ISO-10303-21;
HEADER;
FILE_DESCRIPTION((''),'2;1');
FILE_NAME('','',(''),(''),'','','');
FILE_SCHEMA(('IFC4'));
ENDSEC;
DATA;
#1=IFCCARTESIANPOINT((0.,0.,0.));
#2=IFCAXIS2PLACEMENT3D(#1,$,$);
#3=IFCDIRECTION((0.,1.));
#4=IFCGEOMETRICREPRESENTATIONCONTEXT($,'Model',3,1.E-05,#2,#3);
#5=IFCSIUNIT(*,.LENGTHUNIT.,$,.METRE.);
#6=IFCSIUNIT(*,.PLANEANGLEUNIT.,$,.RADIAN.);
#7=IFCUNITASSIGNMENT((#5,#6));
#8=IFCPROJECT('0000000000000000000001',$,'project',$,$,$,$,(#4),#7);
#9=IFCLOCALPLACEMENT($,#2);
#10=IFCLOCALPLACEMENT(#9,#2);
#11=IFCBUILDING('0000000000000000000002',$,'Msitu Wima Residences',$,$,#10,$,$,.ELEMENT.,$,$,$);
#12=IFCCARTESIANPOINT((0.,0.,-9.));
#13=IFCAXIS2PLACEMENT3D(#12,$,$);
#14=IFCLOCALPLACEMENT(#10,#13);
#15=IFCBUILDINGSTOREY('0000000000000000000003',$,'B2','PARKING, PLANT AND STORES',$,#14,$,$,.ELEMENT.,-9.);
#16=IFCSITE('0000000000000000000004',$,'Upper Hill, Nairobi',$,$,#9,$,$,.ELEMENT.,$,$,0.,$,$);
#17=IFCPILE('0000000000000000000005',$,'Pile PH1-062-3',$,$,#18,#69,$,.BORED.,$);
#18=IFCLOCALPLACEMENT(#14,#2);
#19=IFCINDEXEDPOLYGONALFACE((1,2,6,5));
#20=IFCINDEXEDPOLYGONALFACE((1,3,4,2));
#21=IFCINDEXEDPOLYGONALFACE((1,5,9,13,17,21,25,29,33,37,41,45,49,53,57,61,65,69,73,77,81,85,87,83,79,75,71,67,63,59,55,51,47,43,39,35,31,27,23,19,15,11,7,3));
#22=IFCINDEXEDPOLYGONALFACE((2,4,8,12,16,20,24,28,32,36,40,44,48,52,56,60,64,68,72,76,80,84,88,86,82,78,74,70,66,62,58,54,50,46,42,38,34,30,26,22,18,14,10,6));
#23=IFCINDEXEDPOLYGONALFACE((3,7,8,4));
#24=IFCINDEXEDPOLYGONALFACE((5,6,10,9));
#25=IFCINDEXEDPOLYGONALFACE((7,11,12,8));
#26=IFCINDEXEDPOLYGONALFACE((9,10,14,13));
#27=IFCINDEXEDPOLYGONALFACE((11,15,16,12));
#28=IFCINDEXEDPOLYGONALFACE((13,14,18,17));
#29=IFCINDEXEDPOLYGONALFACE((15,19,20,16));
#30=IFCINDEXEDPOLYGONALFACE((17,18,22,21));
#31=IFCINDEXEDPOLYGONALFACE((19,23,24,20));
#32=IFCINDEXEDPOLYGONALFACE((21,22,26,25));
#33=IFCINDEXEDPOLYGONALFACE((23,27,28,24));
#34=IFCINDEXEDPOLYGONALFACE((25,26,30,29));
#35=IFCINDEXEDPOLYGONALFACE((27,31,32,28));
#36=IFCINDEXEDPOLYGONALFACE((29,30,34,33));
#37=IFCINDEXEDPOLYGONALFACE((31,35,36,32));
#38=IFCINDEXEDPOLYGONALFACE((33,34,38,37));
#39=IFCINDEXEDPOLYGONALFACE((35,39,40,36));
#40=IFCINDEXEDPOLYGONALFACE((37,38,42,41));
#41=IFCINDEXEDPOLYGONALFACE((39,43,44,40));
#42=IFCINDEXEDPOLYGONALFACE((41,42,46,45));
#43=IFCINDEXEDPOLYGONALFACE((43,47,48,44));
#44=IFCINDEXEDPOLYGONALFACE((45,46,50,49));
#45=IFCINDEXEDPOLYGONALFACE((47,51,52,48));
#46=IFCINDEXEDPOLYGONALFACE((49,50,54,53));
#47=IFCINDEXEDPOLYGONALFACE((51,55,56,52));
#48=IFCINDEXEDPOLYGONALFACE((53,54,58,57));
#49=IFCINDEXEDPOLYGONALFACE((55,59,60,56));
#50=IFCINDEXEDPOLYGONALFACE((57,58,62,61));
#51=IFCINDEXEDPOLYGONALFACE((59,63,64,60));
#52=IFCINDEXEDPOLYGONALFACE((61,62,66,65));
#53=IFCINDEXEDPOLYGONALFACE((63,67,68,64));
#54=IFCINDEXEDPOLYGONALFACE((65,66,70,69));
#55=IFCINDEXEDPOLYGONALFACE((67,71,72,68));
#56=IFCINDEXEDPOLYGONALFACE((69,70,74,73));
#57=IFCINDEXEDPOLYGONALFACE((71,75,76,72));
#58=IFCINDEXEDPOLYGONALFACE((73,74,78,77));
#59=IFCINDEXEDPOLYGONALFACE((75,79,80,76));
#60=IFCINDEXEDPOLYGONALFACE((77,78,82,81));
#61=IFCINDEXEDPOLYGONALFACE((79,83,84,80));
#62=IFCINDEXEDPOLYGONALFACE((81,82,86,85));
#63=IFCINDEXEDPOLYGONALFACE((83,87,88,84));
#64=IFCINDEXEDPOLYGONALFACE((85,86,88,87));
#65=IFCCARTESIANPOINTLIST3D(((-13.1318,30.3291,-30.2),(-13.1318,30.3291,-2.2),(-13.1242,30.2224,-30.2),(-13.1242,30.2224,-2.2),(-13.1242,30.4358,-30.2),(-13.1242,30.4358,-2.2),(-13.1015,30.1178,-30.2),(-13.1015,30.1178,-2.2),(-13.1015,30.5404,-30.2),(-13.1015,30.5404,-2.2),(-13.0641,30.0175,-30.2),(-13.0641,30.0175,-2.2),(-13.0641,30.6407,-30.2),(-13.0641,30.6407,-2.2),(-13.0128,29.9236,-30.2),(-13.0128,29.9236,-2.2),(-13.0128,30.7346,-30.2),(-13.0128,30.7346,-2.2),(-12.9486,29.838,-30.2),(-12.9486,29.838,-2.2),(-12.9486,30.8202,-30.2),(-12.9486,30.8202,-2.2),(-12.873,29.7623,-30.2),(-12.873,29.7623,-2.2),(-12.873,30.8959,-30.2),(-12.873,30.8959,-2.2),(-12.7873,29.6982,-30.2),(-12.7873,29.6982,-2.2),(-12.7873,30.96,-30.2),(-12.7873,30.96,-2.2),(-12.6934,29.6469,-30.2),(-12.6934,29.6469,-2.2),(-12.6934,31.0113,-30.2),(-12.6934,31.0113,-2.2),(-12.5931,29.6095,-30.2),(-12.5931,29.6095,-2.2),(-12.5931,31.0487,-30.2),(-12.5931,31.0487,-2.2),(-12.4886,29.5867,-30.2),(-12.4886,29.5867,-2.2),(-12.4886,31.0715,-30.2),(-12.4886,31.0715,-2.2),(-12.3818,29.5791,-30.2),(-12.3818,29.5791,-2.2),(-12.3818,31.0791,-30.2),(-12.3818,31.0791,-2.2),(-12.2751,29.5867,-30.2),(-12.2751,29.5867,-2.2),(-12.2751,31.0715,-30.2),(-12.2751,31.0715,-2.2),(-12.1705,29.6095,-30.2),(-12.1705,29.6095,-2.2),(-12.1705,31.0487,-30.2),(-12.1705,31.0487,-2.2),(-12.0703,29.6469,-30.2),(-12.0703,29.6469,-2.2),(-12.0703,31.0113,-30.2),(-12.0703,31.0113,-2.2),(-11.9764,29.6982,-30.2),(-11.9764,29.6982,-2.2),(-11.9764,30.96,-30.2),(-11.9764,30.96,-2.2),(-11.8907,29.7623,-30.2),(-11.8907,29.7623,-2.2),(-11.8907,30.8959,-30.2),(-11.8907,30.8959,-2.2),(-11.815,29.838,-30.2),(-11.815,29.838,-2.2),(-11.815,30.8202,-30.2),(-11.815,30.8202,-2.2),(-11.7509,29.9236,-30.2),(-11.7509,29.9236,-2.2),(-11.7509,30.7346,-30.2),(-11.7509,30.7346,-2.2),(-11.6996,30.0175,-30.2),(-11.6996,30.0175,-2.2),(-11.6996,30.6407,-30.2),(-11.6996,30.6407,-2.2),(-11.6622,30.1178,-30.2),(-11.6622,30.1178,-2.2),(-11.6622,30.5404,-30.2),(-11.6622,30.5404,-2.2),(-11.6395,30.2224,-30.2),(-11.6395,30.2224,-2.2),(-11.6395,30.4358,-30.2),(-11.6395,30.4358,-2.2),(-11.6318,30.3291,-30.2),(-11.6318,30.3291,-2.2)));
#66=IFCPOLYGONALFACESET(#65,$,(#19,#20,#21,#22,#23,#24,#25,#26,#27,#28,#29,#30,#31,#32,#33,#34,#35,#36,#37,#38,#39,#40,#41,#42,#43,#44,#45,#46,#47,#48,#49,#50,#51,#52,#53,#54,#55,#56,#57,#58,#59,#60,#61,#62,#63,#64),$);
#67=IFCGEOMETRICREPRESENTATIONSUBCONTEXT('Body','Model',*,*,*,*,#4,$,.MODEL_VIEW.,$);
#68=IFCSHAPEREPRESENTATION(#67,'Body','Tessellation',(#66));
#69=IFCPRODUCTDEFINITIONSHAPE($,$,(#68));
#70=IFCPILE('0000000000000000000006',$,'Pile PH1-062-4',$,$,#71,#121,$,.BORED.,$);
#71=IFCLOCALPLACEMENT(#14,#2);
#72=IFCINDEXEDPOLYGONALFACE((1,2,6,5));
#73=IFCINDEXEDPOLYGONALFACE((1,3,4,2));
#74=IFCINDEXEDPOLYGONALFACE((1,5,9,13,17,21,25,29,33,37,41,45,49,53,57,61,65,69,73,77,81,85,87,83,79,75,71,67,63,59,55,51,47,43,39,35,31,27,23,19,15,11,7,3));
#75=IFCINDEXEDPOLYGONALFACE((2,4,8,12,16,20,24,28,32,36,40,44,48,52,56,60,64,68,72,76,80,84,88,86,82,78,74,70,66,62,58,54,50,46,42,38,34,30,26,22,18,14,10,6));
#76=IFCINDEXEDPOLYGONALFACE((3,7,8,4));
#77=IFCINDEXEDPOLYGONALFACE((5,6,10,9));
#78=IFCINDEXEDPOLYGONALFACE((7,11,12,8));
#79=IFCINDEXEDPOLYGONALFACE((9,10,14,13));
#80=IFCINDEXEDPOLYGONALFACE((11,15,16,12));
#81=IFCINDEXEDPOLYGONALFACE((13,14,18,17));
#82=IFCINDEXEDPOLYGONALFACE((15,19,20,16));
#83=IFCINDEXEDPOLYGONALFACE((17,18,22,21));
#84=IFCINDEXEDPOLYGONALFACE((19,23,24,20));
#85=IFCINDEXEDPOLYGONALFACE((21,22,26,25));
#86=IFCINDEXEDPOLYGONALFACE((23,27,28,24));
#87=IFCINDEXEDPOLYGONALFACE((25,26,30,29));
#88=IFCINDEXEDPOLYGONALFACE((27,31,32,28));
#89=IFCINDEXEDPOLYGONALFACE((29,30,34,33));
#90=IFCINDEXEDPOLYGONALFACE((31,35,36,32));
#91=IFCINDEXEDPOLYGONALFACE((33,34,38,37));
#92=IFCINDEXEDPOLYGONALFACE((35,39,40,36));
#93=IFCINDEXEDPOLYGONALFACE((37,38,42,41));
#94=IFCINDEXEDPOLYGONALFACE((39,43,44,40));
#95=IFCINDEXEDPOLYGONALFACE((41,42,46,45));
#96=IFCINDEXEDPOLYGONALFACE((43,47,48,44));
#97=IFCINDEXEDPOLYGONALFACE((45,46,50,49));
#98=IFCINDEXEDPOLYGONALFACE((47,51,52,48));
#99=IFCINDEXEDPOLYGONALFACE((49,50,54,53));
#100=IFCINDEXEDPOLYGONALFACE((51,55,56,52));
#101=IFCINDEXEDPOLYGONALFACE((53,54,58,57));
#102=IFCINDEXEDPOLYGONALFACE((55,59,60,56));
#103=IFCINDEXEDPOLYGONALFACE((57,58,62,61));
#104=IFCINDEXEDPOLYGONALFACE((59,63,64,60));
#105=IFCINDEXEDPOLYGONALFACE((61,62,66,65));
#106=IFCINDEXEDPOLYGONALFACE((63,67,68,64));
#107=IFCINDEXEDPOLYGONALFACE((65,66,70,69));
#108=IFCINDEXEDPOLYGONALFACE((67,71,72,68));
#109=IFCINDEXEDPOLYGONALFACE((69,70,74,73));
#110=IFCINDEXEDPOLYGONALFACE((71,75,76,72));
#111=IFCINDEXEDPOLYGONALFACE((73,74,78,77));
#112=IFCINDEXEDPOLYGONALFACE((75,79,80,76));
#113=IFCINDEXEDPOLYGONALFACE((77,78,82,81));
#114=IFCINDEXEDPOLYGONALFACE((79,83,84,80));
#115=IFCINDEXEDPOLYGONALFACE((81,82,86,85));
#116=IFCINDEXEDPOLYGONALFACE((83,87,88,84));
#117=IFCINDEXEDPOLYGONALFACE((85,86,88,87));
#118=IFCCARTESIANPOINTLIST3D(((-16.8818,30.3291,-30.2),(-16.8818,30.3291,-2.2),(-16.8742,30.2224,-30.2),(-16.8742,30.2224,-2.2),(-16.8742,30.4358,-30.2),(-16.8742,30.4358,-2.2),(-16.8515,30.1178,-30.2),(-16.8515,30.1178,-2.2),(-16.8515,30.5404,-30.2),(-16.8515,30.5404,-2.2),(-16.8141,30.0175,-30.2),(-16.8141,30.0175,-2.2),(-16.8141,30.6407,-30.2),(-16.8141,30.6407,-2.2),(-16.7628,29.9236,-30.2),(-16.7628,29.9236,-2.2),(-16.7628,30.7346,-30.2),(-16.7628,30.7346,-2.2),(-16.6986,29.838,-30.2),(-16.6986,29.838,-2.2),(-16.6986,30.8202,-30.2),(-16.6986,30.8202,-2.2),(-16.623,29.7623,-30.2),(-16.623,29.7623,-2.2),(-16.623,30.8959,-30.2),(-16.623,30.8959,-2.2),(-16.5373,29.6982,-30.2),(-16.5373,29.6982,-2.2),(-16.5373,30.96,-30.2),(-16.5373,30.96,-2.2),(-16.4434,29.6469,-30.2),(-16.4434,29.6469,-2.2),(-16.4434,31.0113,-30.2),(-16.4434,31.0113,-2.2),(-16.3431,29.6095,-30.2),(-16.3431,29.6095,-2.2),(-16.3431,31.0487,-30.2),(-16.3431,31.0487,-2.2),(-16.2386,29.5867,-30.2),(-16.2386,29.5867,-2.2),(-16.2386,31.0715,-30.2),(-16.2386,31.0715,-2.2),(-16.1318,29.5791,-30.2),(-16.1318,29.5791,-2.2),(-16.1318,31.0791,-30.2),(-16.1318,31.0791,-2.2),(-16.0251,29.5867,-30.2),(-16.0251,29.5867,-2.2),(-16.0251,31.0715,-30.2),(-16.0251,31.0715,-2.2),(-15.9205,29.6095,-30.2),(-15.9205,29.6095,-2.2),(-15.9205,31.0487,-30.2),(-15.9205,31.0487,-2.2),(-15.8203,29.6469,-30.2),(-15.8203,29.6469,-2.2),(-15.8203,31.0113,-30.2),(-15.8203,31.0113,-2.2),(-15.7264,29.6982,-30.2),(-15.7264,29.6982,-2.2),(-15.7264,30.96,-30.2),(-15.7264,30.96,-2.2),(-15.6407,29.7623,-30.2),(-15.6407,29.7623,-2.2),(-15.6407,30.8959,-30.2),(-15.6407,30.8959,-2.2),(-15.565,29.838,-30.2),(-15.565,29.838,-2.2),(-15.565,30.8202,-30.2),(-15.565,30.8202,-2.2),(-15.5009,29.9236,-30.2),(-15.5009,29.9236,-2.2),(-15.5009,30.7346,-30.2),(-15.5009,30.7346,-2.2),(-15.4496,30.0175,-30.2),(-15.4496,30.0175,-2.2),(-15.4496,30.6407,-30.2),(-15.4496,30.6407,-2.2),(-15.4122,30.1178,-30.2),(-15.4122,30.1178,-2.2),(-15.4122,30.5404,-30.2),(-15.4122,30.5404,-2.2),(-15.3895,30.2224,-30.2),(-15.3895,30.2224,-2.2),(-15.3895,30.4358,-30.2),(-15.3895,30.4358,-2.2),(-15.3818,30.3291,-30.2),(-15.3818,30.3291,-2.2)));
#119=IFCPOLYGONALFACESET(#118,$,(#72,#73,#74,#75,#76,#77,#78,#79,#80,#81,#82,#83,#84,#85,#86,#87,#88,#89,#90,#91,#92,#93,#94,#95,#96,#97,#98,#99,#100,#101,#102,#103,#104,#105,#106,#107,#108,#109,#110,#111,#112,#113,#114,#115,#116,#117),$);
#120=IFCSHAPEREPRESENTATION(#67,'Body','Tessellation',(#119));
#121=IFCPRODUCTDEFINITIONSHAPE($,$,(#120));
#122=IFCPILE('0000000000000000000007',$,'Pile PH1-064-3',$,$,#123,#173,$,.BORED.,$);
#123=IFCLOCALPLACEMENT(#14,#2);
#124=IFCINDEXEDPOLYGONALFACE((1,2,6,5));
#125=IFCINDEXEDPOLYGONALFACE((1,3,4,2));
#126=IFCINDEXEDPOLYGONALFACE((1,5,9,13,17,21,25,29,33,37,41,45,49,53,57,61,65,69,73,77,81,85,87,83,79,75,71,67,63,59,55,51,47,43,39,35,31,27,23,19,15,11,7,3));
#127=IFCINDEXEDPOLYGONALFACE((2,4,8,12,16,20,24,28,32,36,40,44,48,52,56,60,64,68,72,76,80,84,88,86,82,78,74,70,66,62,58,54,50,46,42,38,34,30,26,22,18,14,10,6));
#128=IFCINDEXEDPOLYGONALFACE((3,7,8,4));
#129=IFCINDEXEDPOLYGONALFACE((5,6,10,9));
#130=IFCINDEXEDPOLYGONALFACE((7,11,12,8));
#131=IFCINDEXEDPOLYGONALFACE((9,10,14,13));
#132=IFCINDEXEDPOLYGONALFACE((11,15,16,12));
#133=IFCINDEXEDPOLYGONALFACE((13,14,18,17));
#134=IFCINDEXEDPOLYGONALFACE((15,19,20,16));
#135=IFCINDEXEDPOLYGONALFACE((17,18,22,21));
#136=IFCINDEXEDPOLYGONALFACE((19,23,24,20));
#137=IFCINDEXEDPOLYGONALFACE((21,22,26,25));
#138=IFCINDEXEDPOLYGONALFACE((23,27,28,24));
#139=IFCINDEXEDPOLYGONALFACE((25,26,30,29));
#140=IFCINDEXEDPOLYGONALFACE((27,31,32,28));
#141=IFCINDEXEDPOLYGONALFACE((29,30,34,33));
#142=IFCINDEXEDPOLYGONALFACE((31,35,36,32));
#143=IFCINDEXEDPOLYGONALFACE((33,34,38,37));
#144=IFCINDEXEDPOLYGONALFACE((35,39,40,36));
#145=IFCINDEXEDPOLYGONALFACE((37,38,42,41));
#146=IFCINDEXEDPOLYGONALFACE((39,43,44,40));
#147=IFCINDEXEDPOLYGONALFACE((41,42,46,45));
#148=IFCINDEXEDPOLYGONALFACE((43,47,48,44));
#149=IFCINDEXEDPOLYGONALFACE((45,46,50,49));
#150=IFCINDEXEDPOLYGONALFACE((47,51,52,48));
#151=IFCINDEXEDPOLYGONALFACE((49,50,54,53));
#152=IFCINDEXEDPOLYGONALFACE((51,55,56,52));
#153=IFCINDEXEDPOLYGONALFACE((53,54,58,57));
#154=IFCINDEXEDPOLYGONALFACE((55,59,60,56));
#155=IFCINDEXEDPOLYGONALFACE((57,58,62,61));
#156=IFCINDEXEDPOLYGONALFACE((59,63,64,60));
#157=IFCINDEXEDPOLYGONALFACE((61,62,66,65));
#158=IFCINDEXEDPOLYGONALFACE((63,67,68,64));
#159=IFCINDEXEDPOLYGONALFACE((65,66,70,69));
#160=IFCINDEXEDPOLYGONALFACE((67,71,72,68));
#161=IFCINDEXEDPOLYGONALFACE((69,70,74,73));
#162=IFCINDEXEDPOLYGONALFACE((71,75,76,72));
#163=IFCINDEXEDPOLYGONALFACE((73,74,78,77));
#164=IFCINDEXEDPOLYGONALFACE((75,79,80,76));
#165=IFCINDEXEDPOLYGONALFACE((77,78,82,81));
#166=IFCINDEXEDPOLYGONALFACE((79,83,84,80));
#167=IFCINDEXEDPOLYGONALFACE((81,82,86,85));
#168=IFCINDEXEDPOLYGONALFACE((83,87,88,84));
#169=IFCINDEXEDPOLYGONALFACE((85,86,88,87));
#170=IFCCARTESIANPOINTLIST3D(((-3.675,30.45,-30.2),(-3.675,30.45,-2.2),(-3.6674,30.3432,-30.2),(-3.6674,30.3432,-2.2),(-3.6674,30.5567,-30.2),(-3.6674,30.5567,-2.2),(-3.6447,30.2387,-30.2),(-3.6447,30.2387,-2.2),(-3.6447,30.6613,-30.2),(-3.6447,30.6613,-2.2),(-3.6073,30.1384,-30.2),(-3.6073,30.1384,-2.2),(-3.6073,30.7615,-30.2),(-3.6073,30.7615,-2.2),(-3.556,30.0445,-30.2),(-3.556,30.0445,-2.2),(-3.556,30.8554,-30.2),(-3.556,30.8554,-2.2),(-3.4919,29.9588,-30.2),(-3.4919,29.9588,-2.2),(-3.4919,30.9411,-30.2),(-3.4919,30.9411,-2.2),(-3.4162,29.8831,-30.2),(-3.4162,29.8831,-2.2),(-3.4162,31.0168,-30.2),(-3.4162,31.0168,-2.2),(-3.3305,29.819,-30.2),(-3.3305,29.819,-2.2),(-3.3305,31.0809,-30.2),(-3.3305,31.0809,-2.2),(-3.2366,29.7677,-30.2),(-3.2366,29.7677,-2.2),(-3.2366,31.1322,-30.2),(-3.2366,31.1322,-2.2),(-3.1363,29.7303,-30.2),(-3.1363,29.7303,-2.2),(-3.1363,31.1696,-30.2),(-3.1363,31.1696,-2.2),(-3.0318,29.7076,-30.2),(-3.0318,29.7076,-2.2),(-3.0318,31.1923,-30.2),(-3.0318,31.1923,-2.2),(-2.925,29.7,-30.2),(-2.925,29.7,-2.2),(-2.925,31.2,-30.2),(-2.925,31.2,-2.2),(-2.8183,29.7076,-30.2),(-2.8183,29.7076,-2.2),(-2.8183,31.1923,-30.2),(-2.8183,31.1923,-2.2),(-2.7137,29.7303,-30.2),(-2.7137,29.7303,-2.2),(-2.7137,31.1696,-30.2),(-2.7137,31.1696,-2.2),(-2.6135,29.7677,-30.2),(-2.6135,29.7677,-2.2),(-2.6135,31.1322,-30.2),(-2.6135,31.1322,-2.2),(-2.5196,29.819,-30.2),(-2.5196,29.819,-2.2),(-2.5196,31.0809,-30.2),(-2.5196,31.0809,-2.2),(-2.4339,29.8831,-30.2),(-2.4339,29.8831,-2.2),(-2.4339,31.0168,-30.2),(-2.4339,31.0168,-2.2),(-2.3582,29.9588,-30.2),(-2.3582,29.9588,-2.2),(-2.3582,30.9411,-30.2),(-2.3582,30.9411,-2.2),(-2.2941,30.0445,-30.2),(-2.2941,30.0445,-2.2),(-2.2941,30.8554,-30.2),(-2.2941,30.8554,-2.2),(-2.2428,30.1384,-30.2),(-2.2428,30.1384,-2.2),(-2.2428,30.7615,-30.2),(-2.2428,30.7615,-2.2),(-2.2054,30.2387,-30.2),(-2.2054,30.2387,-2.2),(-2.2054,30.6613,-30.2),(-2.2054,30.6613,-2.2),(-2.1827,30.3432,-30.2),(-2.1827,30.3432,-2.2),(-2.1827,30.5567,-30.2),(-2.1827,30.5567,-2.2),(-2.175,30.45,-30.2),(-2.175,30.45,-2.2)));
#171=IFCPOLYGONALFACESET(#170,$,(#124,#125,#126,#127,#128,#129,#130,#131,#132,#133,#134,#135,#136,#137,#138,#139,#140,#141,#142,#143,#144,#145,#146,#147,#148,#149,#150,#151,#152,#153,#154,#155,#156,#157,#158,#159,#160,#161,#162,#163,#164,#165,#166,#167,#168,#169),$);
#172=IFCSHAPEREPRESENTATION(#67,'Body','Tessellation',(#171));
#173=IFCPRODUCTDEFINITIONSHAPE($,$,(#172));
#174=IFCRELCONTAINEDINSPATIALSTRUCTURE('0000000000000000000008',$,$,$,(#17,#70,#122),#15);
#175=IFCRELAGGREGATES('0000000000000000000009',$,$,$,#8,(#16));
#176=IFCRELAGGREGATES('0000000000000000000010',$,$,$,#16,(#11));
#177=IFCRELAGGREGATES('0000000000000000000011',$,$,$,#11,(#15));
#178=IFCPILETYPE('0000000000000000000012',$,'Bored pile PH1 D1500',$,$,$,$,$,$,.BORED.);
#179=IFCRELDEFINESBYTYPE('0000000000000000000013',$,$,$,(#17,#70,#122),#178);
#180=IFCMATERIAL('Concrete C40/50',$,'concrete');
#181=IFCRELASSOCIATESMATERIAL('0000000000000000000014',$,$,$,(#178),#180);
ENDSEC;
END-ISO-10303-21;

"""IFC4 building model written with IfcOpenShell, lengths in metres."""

from ifc_helpers import new_model, si_unit, direction, frame, origin, origin_2d, place, context, subcontext, project, spatial, circle, extrude, material, type_object, element, save


model = new_model("IFC4")

# Units and contexts
model_context = context("Model", 3, precision=1e-05, world=origin(), true_north=direction((0.0, 1.0)))
body_context = subcontext(model_context, "Body", "Model", "MODEL_VIEW")
ifc_project = project(units=[si_unit("LENGTHUNIT", "METRE"), si_unit("PLANEANGLEUNIT", "RADIAN")], contexts=[model_context])

# Site, building, storey
site_placement = place(None, origin())
site = spatial("IfcSite", under=ifc_project, at=site_placement, Name="Upper Hill, Nairobi", CompositionType="ELEMENT", RefElevation=0.0)
building_placement = place(site_placement, origin())
building = spatial("IfcBuilding", under=site, at=building_placement, Name="Msitu Wima Residences", CompositionType="ELEMENT")
storey_placement = place(building_placement, frame((0.0, 0.0, -9.0)))
storey = spatial("IfcBuildingStorey", under=building, at=storey_placement, Name="B2", Description="PARKING, PLANT AND STORES", CompositionType="ELEMENT", Elevation=-9.0)

# Piles
ifc_material_1 = material(Name="Concrete C40/50", Category="concrete")
pile_type_1 = type_object("IfcPileType", Name="Bored pile PH1 D1500", PredefinedType="BORED", material=ifc_material_1)
for number, where, z_axis, x_axis, name in (
    (1, (-12.3818, 30.3291, -2.2), (0.0, 0.0, -1.0), (1.0, 0.0, 0.0), "Pile PH1-062-3"),
    (2, (-16.1318, 30.3291, -2.2), (0.0, 0.0, -1.0), (1.0, 0.0, 0.0), "Pile PH1-062-4"),
    (3, (-2.925, 30.45, -2.2), (0.0, 0.0, -1.0), (1.0, 0.0, 0.0), "Pile PH1-064-3"),
):
    element("IfcPile", number, at=place(storey_placement, frame(where, z_axis=z_axis, x_axis=x_axis)), inside=storey, type_object=pile_type_1, Name=name, PredefinedType="BORED", context=body_context, shape_type="SweptSolid", body=[
        extrude(circle(Radius=0.75, at=origin_2d()), origin(), (0.0, 0.0, 1.0), 28.0),
    ])

save(model, "model.ifc")
